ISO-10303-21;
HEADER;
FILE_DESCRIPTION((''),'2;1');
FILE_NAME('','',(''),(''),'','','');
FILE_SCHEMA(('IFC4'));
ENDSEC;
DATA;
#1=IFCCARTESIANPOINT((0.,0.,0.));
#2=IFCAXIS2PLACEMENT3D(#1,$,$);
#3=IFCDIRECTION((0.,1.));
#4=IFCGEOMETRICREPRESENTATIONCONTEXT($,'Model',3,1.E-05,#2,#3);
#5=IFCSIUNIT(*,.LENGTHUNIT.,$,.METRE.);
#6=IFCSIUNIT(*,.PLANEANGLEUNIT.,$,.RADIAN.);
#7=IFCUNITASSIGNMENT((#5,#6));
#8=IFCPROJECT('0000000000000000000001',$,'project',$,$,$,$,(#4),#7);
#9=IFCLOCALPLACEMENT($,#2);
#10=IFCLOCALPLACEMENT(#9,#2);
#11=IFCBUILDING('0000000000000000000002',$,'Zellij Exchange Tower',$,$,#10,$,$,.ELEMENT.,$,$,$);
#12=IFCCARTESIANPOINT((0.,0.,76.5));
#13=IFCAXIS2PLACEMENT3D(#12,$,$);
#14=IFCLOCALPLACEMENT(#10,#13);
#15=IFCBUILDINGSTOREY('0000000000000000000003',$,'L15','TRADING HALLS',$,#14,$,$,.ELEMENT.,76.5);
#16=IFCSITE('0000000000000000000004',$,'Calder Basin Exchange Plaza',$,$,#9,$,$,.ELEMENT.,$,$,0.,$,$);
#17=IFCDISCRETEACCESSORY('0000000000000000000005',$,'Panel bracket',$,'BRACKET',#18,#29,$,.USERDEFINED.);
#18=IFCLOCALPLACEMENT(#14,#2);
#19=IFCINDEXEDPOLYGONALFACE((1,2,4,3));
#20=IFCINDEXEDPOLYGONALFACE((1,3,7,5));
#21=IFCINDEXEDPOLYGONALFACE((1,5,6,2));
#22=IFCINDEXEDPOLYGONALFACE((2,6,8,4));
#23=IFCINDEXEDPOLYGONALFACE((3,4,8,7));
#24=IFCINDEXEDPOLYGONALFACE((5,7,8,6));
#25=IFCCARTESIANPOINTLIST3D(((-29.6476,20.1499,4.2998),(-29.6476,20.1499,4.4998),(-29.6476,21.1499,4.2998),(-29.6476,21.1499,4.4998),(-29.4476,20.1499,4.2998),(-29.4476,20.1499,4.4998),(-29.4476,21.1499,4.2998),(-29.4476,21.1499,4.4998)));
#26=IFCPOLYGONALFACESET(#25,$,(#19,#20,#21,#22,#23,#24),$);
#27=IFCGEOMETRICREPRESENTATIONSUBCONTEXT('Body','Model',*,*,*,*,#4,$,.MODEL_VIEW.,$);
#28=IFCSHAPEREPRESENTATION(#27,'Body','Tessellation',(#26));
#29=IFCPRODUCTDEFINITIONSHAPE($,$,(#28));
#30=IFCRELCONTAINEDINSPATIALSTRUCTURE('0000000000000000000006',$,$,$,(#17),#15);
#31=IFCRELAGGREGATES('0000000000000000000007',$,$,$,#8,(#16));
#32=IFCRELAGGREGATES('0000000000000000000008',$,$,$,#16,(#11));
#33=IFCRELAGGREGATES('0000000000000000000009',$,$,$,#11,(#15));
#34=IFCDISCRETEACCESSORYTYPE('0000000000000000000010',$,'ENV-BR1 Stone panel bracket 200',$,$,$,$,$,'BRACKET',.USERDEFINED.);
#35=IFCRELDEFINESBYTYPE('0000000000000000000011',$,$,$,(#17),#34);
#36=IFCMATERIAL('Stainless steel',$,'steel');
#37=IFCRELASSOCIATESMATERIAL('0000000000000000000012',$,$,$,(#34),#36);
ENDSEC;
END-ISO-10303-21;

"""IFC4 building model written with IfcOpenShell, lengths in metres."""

from ifc_helpers import new_model, si_unit, direction, frame, origin, origin_2d, place, context, subcontext, project, spatial, rectangle, extrude, material, type_object, element, save


model = new_model("IFC4")

# Units and contexts
model_context = context("Model", 3, precision=1e-05, world=origin(), true_north=direction((0.0, 1.0)))
body_context = subcontext(model_context, "Body", "Model", "MODEL_VIEW")
ifc_project = project(units=[si_unit("LENGTHUNIT", "METRE"), si_unit("PLANEANGLEUNIT", "RADIAN")], contexts=[model_context])

# Site, building, storey
site_placement = place(None, origin())
site = spatial("IfcSite", under=ifc_project, at=site_placement, Name="Calder Basin Exchange Plaza", CompositionType="ELEMENT", RefElevation=0.0)
building_placement = place(site_placement, origin())
building = spatial("IfcBuilding", under=site, at=building_placement, Name="Zellij Exchange Tower", CompositionType="ELEMENT")
storey_placement = place(building_placement, frame((0.0, 0.0, 76.5)))
storey = spatial("IfcBuildingStorey", under=building, at=storey_placement, Name="L15", Description="TRADING HALLS", CompositionType="ELEMENT", Elevation=76.5)

# Discrete accessory
ifc_material_1 = material(Name="Stainless steel", Category="steel")
discrete_accessory_type = type_object("IfcDiscreteAccessoryType", Name="ENV-BR1 Stone panel bracket 200", ElementType="BRACKET", PredefinedType="USERDEFINED", material=ifc_material_1)
for number, where, z_axis, x_axis, name in (
    (1, (-29.5476, 20.6499, 4.2998), (0.0, 0.0, 1.0), (-1.0, 0.0, 0.0), "Panel bracket"),
):
    element("IfcDiscreteAccessory", number, at=place(storey_placement, frame(where, z_axis=z_axis, x_axis=x_axis)), inside=storey, type_object=discrete_accessory_type, Name=name, ObjectType="BRACKET", PredefinedType="USERDEFINED", context=body_context, shape_type="SweptSolid", body=[
        extrude(rectangle(XDim=0.2, YDim=1.0, at=origin_2d()), origin(), (0.0, 0.0, 1.0), 0.2),
    ])

save(model, "model.ifc")
